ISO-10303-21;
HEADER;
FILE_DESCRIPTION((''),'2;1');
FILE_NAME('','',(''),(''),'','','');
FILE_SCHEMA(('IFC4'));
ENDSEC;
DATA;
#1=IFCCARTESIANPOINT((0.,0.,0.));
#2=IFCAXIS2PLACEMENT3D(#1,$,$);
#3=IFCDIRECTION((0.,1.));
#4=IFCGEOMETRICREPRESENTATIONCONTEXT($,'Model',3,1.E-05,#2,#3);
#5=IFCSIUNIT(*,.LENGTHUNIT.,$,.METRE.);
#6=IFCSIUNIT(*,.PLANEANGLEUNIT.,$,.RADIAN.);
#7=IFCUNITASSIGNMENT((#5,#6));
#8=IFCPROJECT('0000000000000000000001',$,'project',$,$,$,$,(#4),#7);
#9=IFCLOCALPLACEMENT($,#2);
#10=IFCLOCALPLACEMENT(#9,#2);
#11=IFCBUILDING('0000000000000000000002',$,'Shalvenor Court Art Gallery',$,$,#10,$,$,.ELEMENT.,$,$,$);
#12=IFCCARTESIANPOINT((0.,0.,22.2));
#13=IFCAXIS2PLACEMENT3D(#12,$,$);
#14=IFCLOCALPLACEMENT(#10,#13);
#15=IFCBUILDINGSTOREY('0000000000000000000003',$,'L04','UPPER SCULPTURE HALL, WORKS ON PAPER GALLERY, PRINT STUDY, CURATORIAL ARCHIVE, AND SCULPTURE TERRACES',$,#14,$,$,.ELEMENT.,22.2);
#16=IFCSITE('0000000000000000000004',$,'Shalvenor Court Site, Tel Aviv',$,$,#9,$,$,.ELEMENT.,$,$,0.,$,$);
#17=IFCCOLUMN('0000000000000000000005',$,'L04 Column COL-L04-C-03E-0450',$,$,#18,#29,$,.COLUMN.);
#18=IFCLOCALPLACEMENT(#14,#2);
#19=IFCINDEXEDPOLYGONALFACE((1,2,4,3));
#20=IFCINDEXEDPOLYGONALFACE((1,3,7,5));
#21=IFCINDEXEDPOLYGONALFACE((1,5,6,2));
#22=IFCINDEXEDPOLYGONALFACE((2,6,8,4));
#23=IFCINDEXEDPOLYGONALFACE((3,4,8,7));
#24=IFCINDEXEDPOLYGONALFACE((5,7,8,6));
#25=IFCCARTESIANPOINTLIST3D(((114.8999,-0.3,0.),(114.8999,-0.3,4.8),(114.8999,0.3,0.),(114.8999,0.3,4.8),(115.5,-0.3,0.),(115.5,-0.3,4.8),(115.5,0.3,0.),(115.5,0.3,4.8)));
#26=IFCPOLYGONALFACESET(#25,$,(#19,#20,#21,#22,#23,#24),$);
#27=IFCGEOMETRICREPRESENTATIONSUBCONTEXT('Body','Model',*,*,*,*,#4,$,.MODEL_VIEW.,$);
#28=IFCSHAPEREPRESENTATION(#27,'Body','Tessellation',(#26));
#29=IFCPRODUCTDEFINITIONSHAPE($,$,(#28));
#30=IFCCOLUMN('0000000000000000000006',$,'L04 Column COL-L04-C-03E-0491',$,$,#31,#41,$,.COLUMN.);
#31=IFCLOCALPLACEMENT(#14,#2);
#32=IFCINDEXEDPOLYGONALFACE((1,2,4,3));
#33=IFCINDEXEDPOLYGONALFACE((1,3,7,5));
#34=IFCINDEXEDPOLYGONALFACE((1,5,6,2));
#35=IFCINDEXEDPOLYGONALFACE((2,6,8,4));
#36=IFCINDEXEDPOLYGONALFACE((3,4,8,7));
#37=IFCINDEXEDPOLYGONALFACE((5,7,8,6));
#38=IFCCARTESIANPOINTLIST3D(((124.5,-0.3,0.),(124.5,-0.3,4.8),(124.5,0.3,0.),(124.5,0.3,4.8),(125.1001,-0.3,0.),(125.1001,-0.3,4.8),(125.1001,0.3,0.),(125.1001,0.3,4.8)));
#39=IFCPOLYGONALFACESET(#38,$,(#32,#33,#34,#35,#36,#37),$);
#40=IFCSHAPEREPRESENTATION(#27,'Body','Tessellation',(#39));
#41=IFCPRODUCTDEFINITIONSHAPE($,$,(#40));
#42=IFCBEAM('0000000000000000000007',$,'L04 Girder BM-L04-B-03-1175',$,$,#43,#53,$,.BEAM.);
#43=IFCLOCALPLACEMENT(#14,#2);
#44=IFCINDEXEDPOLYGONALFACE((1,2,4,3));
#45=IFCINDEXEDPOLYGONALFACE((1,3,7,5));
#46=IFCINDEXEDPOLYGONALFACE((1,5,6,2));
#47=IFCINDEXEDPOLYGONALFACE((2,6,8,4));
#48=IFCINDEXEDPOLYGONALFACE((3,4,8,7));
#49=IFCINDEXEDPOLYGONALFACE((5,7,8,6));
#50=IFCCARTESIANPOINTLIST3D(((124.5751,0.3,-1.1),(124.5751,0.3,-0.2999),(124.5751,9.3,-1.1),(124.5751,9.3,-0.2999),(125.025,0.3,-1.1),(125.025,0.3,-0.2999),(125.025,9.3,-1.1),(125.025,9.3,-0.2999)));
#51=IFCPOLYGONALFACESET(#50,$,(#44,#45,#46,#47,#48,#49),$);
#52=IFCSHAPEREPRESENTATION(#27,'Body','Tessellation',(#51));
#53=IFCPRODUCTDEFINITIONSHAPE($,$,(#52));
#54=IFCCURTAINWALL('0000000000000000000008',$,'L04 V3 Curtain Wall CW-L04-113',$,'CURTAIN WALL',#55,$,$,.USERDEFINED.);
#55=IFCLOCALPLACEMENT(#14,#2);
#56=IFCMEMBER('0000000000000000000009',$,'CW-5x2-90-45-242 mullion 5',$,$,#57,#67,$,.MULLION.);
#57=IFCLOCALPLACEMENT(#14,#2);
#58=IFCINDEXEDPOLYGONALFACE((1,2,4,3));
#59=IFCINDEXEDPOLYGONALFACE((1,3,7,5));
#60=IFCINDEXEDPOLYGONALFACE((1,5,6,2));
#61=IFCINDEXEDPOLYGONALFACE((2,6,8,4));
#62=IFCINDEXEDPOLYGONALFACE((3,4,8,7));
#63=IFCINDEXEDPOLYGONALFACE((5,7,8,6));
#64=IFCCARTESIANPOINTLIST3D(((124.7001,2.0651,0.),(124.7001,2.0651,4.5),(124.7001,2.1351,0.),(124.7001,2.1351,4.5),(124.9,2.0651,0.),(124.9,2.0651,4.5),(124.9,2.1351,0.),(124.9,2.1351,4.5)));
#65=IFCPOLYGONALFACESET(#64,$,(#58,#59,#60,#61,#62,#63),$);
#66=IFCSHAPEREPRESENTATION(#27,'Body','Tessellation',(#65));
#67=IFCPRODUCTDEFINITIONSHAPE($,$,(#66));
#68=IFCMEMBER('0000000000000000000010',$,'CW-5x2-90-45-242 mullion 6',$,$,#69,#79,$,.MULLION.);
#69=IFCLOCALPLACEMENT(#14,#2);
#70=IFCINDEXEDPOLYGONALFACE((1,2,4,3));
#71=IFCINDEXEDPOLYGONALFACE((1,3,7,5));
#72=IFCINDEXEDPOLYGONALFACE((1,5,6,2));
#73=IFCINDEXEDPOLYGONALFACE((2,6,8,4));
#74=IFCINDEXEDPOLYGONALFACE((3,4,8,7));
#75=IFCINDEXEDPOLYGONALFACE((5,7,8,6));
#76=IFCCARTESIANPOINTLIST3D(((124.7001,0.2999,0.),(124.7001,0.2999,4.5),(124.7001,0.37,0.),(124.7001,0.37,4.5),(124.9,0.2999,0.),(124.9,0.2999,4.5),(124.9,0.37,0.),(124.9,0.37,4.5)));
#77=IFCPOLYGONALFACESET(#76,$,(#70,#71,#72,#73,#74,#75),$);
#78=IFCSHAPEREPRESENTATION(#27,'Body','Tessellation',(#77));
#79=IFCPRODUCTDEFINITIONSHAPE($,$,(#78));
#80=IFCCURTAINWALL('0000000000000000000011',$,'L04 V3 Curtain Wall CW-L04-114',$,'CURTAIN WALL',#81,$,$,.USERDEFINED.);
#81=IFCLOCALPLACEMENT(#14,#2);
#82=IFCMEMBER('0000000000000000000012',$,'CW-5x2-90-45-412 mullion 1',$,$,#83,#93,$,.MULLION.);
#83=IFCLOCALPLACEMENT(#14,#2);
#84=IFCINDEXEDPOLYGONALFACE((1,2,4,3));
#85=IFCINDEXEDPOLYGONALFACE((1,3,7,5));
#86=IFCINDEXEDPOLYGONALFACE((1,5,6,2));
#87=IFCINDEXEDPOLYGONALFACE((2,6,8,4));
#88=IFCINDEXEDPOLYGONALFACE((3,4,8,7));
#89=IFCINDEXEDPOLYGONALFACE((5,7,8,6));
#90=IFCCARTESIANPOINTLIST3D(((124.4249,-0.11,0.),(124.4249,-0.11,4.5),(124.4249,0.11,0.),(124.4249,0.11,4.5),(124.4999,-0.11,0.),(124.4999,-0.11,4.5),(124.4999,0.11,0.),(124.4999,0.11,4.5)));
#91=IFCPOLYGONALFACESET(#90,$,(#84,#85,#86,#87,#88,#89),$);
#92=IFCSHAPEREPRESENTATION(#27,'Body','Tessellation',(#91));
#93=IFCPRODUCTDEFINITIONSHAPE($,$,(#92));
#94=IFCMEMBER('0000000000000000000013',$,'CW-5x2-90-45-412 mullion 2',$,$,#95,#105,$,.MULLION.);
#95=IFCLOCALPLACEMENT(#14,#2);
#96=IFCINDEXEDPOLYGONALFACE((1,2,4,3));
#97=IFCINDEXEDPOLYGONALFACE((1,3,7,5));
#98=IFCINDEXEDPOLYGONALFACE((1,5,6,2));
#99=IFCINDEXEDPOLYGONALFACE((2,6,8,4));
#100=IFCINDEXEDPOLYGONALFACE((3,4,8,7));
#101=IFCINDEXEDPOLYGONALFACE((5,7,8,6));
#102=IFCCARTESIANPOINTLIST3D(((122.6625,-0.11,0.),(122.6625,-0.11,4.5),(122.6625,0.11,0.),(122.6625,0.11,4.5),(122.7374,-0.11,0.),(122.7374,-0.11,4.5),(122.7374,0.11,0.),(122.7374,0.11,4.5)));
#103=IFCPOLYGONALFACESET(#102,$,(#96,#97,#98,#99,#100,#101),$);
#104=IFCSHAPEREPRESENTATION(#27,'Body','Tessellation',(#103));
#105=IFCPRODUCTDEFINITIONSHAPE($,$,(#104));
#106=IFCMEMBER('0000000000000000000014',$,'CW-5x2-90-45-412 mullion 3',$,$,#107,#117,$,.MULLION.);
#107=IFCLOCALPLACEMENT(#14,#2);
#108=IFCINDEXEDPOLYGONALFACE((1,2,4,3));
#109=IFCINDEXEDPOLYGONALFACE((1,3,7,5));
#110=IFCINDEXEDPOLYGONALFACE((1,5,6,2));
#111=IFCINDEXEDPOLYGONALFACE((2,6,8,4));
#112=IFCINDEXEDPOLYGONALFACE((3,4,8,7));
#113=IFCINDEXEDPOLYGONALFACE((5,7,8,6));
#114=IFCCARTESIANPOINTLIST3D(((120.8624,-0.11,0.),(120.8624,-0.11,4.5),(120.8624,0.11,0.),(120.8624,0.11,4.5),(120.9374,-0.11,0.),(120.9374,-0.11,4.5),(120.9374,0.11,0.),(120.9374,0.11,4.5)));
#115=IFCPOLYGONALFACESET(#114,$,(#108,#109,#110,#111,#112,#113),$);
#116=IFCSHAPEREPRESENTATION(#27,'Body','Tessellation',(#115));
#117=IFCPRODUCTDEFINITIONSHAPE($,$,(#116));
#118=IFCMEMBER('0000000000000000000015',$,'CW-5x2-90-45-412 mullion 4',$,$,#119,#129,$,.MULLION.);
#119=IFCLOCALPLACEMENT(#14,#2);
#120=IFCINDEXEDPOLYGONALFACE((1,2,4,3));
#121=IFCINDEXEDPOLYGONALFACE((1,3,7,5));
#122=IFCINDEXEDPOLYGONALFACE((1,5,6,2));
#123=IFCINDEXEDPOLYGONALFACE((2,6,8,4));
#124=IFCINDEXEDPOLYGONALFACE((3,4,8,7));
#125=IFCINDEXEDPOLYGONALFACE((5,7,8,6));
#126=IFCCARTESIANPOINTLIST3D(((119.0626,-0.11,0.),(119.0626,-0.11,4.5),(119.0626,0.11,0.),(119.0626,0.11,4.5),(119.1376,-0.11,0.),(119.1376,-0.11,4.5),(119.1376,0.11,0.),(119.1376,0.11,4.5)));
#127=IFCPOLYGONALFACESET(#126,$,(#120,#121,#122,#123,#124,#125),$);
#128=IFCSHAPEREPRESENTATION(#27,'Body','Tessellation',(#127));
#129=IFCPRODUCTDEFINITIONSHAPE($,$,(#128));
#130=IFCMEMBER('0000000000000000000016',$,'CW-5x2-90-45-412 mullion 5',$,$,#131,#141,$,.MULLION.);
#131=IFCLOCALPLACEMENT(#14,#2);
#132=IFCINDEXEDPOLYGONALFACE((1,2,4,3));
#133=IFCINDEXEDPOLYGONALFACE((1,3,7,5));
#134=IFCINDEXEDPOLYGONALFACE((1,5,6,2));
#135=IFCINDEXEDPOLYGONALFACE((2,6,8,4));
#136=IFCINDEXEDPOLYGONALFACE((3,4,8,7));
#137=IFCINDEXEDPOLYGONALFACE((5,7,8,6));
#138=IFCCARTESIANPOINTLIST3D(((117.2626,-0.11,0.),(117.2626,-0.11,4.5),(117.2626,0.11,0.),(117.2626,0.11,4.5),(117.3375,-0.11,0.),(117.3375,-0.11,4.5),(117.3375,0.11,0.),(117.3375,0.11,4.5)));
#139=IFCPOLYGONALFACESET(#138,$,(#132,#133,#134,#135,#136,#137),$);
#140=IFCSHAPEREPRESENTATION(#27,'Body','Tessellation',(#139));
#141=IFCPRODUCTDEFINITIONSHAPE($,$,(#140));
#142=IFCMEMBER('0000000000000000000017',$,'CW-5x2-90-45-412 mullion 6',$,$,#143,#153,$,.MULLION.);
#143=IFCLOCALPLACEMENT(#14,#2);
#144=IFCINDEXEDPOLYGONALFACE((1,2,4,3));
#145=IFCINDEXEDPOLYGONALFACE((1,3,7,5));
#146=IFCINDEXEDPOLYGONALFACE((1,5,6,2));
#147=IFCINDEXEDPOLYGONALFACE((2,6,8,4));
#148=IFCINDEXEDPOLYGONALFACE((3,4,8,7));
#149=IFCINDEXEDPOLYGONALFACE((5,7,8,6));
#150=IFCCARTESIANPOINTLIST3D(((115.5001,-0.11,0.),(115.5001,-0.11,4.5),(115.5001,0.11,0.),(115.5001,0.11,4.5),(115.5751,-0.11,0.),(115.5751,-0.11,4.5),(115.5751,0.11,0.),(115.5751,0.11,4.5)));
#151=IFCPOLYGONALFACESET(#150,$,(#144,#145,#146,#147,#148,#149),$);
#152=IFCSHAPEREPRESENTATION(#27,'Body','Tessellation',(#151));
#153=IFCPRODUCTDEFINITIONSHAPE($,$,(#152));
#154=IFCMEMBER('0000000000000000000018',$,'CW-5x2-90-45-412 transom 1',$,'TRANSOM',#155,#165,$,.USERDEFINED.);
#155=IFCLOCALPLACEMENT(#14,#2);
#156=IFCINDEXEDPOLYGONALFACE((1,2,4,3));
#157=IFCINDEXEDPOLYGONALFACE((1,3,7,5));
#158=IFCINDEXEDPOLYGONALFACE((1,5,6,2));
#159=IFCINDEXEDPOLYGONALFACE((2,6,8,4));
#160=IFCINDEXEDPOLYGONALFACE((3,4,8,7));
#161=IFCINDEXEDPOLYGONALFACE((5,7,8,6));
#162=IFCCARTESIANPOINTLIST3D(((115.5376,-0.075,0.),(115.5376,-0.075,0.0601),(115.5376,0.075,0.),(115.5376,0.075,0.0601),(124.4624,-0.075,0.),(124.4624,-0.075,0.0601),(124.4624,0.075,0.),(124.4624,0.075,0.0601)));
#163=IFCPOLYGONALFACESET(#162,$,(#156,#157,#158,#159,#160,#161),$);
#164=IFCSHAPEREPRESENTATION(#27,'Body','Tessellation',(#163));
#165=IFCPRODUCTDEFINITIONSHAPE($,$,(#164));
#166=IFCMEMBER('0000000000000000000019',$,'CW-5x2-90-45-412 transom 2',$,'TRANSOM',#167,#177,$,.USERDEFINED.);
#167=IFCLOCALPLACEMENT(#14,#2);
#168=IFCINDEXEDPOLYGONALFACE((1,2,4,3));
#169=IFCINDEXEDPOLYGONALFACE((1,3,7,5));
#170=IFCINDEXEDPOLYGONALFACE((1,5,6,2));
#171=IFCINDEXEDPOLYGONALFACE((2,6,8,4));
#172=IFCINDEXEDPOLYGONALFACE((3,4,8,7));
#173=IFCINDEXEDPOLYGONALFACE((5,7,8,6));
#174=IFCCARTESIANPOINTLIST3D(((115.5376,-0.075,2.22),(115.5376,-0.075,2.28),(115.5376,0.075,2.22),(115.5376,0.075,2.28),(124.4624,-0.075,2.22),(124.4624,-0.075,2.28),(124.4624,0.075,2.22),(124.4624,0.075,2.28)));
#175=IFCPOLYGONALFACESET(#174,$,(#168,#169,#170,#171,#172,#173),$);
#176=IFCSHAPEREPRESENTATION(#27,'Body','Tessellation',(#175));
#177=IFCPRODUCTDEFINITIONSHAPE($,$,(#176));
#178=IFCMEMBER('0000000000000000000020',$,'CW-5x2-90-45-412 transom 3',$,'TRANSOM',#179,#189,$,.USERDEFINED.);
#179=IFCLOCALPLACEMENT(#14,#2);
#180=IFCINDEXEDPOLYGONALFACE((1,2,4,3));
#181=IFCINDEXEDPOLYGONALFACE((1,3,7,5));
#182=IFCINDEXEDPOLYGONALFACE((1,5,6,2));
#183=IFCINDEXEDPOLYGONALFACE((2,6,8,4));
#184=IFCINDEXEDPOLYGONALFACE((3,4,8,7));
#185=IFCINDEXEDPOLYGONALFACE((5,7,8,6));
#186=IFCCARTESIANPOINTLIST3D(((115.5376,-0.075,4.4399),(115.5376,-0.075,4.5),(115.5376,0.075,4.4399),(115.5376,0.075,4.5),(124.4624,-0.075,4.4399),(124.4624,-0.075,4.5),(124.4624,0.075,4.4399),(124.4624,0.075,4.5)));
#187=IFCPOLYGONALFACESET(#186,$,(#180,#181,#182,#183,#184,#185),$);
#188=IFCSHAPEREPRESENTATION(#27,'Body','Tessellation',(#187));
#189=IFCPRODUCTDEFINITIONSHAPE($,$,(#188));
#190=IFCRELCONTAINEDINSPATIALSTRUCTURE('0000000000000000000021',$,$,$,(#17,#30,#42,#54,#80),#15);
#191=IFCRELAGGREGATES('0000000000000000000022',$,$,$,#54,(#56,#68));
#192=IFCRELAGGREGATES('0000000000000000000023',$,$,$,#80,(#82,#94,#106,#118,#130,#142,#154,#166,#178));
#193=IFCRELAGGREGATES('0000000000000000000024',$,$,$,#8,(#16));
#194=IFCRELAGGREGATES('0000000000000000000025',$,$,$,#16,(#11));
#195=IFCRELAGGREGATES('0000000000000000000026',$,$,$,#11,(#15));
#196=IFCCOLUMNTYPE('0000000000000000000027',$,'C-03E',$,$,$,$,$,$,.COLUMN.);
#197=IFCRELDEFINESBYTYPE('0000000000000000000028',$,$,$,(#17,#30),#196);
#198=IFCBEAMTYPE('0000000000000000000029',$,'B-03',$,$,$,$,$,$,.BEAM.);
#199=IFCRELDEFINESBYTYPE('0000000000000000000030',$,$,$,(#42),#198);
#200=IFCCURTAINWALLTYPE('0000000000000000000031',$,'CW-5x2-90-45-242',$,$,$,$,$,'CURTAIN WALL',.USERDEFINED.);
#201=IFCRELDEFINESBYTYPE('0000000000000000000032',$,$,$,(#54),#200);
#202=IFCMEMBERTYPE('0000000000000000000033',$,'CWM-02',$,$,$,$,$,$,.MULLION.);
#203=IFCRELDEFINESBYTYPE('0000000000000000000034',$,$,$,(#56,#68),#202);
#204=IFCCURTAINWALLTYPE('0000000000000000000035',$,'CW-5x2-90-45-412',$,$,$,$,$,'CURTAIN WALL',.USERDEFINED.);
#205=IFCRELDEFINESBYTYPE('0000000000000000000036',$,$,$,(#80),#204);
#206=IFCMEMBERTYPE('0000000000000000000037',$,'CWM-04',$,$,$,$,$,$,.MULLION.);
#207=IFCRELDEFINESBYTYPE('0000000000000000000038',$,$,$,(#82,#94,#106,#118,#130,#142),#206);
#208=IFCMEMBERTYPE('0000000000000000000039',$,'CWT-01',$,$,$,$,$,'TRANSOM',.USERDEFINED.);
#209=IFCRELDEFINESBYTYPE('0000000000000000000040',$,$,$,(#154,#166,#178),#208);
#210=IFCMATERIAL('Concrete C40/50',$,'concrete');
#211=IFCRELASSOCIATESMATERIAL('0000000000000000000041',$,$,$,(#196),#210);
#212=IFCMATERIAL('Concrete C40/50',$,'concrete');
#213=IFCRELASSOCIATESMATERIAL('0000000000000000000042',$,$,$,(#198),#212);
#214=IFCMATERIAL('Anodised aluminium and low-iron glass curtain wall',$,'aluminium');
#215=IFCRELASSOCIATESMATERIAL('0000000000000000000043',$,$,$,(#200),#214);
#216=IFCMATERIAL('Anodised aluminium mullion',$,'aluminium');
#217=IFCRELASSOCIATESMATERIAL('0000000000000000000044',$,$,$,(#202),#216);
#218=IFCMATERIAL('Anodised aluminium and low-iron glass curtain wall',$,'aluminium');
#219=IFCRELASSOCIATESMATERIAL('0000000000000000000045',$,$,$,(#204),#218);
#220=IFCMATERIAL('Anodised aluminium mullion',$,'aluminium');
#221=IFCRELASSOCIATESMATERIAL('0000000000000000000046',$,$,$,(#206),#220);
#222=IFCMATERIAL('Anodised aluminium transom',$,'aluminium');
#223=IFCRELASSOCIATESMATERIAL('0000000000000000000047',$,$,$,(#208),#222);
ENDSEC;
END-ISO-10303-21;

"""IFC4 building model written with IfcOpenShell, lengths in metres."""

from ifc_helpers import new_model, si_unit, direction, frame, origin, origin_2d, place, context, subcontext, project, spatial, rectangle, extrude, material, material_profile, profile_set, type_object, element, aggregate, save


model = new_model("IFC4")

# Units and contexts
model_context = context("Model", 3, precision=1e-05, world=origin(), true_north=direction((0.0, 1.0)))
body_context = subcontext(model_context, "Body", "Model", "MODEL_VIEW")
ifc_project = project(units=[si_unit("LENGTHUNIT", "METRE"), si_unit("PLANEANGLEUNIT", "RADIAN")], contexts=[model_context])

# Site, building, storey
site_placement = place(None, origin())
site = spatial("IfcSite", under=ifc_project, at=site_placement, Name="Shalvenor Court Site, Tel Aviv", CompositionType="ELEMENT", RefElevation=0.0)
building_placement = place(site_placement, origin())
building = spatial("IfcBuilding", under=site, at=building_placement, Name="Shalvenor Court Art Gallery", CompositionType="ELEMENT")
storey_placement = place(building_placement, frame((0.0, 0.0, 22.2)))
storey = spatial("IfcBuildingStorey", under=building, at=storey_placement, Name="L04", Description="UPPER SCULPTURE HALL, WORKS ON PAPER GALLERY, PRINT STUDY, CURATORIAL ARCHIVE, AND SCULPTURE TERRACES", CompositionType="ELEMENT", Elevation=22.2)

# Columns
ifc_material_1 = material(Name="Concrete C40/50", Category="concrete")
ifc_material_profile_1 = material_profile(ifc_material_1, rectangle(XDim=0.6001, YDim=0.6001, at=origin_2d()), Name="RC 600x600")
ifc_profile_set_1 = profile_set([ifc_material_profile_1], Name="Concrete C40/50")
column_type = type_object("IfcColumnType", Name="C-03E", PredefinedType="COLUMN", material=ifc_profile_set_1)
for number, where, z_axis, x_axis, name in (
    (1, (115.2, 0.0, 0.0), (0.0, 0.0, 1.0), (1.0, 0.0, 0.0), "L04 Column COL-L04-C-03E-0450"),
    (2, (124.8, 0.0, 0.0), (0.0, 0.0, 1.0), (1.0, 0.0, 0.0), "L04 Column COL-L04-C-03E-0491"),
):
    element("IfcColumn", number, at=place(storey_placement, frame(where, z_axis=z_axis, x_axis=x_axis)), inside=storey, type_object=column_type, Name=name, PredefinedType="COLUMN", context=body_context, shape_type="SweptSolid", body=[
        extrude(rectangle(XDim=0.6001, YDim=0.6001, at=origin_2d()), origin(), (0.0, 0.0, 1.0), 4.8),
    ])

# Beam
ifc_material_2 = material(Name="Concrete C40/50", Category="concrete")
ifc_material_profile_2 = material_profile(ifc_material_2, rectangle(XDim=0.45, YDim=0.8, at=origin_2d()), Name="RC 450x800")
ifc_profile_set_2 = profile_set([ifc_material_profile_2], Name="Concrete C40/50")
beam_type_1 = type_object("IfcBeamType", Name="B-03", PredefinedType="BEAM", material=ifc_profile_set_2)
beam_1_placement = place(storey_placement, frame((124.8, 0.3, -0.7), z_axis=(0.0, 1.0, 0.0), x_axis=(-1.0, 0.0, 0.0)))
element("IfcBeam", 3, at=beam_1_placement, inside=storey, type_object=beam_type_1, Name="L04 Girder BM-L04-B-03-1175", PredefinedType="BEAM", context=body_context, shape_type="SweptSolid", body=[
    extrude(rectangle(XDim=0.45, YDim=0.8, at=origin_2d()), origin(), (0.0, 0.0, 1.0), 9.0),
])

# Curtain walls, members
ifc_material_3 = material(Name="Anodised aluminium and low-iron glass curtain wall", Category="aluminium")
curtain_wall_type_1 = type_object("IfcCurtainWallType", Name="CW-5x2-90-45-242", ElementType="CURTAIN WALL", PredefinedType="USERDEFINED", material=ifc_material_3)
curtain_wall_1_placement = place(storey_placement, origin())
curtain_wall_1 = element("IfcCurtainWall", 4, at=curtain_wall_1_placement, inside=storey, type_object=curtain_wall_type_1, Name="L04 V3 Curtain Wall CW-L04-113", ObjectType="CURTAIN WALL", PredefinedType="USERDEFINED")
ifc_material_4 = material(Name="Anodised aluminium mullion", Category="aluminium")
ifc_material_profile_3 = material_profile(ifc_material_4, rectangle(XDim=0.0701, YDim=0.2, at=origin_2d()), Name="CWM-02")
ifc_profile_set_3 = profile_set([ifc_material_profile_3], Name="Anodised aluminium mullion")
member_type_1 = type_object("IfcMemberType", Name="CWM-02", PredefinedType="MULLION", material=ifc_profile_set_3)
member_1_placement = place(storey_placement, frame((124.8, 2.1001, 0.0), z_axis=(0.0, 0.0, 1.0), x_axis=(0.0, -1.0, 0.0)))
member_1 = element("IfcMember", 5, at=member_1_placement, type_object=member_type_1, Name="CW-5x2-90-45-242 mullion 5", PredefinedType="MULLION", context=body_context, shape_type="SweptSolid", body=[
    extrude(rectangle(XDim=0.0701, YDim=0.2, at=origin_2d()), origin(), (0.0, 0.0, 1.0), 4.5),
])
member_2_placement = place(storey_placement, frame((124.8, 0.335, 0.0), z_axis=(0.0, 0.0, 1.0), x_axis=(0.0, -1.0, 0.0)))
member_2 = element("IfcMember", 6, at=member_2_placement, type_object=member_type_1, Name="CW-5x2-90-45-242 mullion 6", PredefinedType="MULLION", context=body_context, shape_type="SweptSolid", body=[
    extrude(rectangle(XDim=0.0701, YDim=0.2, at=origin_2d()), origin(), (0.0, 0.0, 1.0), 4.5),
])
ifc_material_5 = material(Name="Anodised aluminium and low-iron glass curtain wall", Category="aluminium")
curtain_wall_type_2 = type_object("IfcCurtainWallType", Name="CW-5x2-90-45-412", ElementType="CURTAIN WALL", PredefinedType="USERDEFINED", material=ifc_material_5)
curtain_wall_2_placement = place(storey_placement, origin())
curtain_wall_2 = element("IfcCurtainWall", 7, at=curtain_wall_2_placement, inside=storey, type_object=curtain_wall_type_2, Name="L04 V3 Curtain Wall CW-L04-114", ObjectType="CURTAIN WALL", PredefinedType="USERDEFINED")
ifc_material_6 = material(Name="Anodised aluminium mullion", Category="aluminium")
ifc_material_profile_4 = material_profile(ifc_material_6, rectangle(XDim=0.075, YDim=0.22, at=origin_2d()), Name="CWM-04")
ifc_profile_set_4 = profile_set([ifc_material_profile_4], Name="Anodised aluminium mullion")
member_type_2 = type_object("IfcMemberType", Name="CWM-04", PredefinedType="MULLION", material=ifc_profile_set_4)
member_3_placement = place(storey_placement, frame((124.4624, 0.0, 0.0), z_axis=(0.0, 0.0, 1.0), x_axis=(-1.0, 0.0, 0.0)))
member_3 = element("IfcMember", 8, at=member_3_placement, type_object=member_type_2, Name="CW-5x2-90-45-412 mullion 1", PredefinedType="MULLION", context=body_context, shape_type="SweptSolid", body=[
    extrude(rectangle(XDim=0.075, YDim=0.22, at=origin_2d()), origin(), (0.0, 0.0, 1.0), 4.5),
])
member_4_placement = place(storey_placement, frame((122.7, 0.0, 0.0), z_axis=(0.0, 0.0, 1.0), x_axis=(-1.0, 0.0, 0.0)))
member_4 = element("IfcMember", 9, at=member_4_placement, type_object=member_type_2, Name="CW-5x2-90-45-412 mullion 2", PredefinedType="MULLION", context=body_context, shape_type="SweptSolid", body=[
    extrude(rectangle(XDim=0.075, YDim=0.22, at=origin_2d()), origin(), (0.0, 0.0, 1.0), 4.5),
])
member_5_placement = place(storey_placement, frame((120.8999, 0.0, 0.0), z_axis=(0.0, 0.0, 1.0), x_axis=(-1.0, 0.0, 0.0)))
member_5 = element("IfcMember", 10, at=member_5_placement, type_object=member_type_2, Name="CW-5x2-90-45-412 mullion 3", PredefinedType="MULLION", context=body_context, shape_type="SweptSolid", body=[
    extrude(rectangle(XDim=0.075, YDim=0.22, at=origin_2d()), origin(), (0.0, 0.0, 1.0), 4.5),
])
member_6_placement = place(storey_placement, frame((119.1001, 0.0, 0.0), z_axis=(0.0, 0.0, 1.0), x_axis=(-1.0, 0.0, 0.0)))
member_6 = element("IfcMember", 11, at=member_6_placement, type_object=member_type_2, Name="CW-5x2-90-45-412 mullion 4", PredefinedType="MULLION", context=body_context, shape_type="SweptSolid", body=[
    extrude(rectangle(XDim=0.075, YDim=0.22, at=origin_2d()), origin(), (0.0, 0.0, 1.0), 4.5),
])
member_7_placement = place(storey_placement, frame((117.3, 0.0, 0.0), z_axis=(0.0, 0.0, 1.0), x_axis=(-1.0, 0.0, 0.0)))
member_7 = element("IfcMember", 12, at=member_7_placement, type_object=member_type_2, Name="CW-5x2-90-45-412 mullion 5", PredefinedType="MULLION", context=body_context, shape_type="SweptSolid", body=[
    extrude(rectangle(XDim=0.075, YDim=0.22, at=origin_2d()), origin(), (0.0, 0.0, 1.0), 4.5),
])
member_8_placement = place(storey_placement, frame((115.5376, 0.0, 0.0), z_axis=(0.0, 0.0, 1.0), x_axis=(-1.0, 0.0, 0.0)))
member_8 = element("IfcMember", 13, at=member_8_placement, type_object=member_type_2, Name="CW-5x2-90-45-412 mullion 6", PredefinedType="MULLION", context=body_context, shape_type="SweptSolid", body=[
    extrude(rectangle(XDim=0.075, YDim=0.22, at=origin_2d()), origin(), (0.0, 0.0, 1.0), 4.5),
])
ifc_material_7 = material(Name="Anodised aluminium transom", Category="aluminium")
ifc_material_profile_5 = material_profile(ifc_material_7, rectangle(XDim=0.1499, YDim=0.0601, at=origin_2d()), Name="CWT-01")
ifc_profile_set_5 = profile_set([ifc_material_profile_5], Name="Anodised aluminium transom")
member_type_3 = type_object("IfcMemberType", Name="CWT-01", ElementType="TRANSOM", PredefinedType="USERDEFINED", material=ifc_profile_set_5)
member_9_placement = place(storey_placement, frame((124.4624, 0.0, 0.03), z_axis=(-1.0, 0.0, 0.0), x_axis=(0.0, -1.0, 0.0)))
member_9 = element("IfcMember", 14, at=member_9_placement, type_object=member_type_3, Name="CW-5x2-90-45-412 transom 1", ObjectType="TRANSOM", PredefinedType="USERDEFINED", context=body_context, shape_type="SweptSolid", body=[
    extrude(rectangle(XDim=0.1499, YDim=0.0601, at=origin_2d()), origin(), (0.0, 0.0, 1.0), 8.9248),
])
member_10_placement = place(storey_placement, frame((124.4624, 0.0, 2.25), z_axis=(-1.0, 0.0, 0.0), x_axis=(0.0, -1.0, 0.0)))
member_10 = element("IfcMember", 15, at=member_10_placement, type_object=member_type_3, Name="CW-5x2-90-45-412 transom 2", ObjectType="TRANSOM", PredefinedType="USERDEFINED", context=body_context, shape_type="SweptSolid", body=[
    extrude(rectangle(XDim=0.1499, YDim=0.0601, at=origin_2d()), origin(), (0.0, 0.0, 1.0), 8.9248),
])
member_11_placement = place(storey_placement, frame((124.4624, 0.0, 4.47), z_axis=(-1.0, 0.0, 0.0), x_axis=(0.0, -1.0, 0.0)))
member_11 = element("IfcMember", 16, at=member_11_placement, type_object=member_type_3, Name="CW-5x2-90-45-412 transom 3", ObjectType="TRANSOM", PredefinedType="USERDEFINED", context=body_context, shape_type="SweptSolid", body=[
    extrude(rectangle(XDim=0.1499, YDim=0.0601, at=origin_2d()), origin(), (0.0, 0.0, 1.0), 8.9248),
])

aggregate(curtain_wall_1, [member_1, member_2])
aggregate(curtain_wall_2, [member_3, member_4, member_5, member_6, member_7, member_8, member_9, member_10, member_11])

save(model, "model.ifc")
